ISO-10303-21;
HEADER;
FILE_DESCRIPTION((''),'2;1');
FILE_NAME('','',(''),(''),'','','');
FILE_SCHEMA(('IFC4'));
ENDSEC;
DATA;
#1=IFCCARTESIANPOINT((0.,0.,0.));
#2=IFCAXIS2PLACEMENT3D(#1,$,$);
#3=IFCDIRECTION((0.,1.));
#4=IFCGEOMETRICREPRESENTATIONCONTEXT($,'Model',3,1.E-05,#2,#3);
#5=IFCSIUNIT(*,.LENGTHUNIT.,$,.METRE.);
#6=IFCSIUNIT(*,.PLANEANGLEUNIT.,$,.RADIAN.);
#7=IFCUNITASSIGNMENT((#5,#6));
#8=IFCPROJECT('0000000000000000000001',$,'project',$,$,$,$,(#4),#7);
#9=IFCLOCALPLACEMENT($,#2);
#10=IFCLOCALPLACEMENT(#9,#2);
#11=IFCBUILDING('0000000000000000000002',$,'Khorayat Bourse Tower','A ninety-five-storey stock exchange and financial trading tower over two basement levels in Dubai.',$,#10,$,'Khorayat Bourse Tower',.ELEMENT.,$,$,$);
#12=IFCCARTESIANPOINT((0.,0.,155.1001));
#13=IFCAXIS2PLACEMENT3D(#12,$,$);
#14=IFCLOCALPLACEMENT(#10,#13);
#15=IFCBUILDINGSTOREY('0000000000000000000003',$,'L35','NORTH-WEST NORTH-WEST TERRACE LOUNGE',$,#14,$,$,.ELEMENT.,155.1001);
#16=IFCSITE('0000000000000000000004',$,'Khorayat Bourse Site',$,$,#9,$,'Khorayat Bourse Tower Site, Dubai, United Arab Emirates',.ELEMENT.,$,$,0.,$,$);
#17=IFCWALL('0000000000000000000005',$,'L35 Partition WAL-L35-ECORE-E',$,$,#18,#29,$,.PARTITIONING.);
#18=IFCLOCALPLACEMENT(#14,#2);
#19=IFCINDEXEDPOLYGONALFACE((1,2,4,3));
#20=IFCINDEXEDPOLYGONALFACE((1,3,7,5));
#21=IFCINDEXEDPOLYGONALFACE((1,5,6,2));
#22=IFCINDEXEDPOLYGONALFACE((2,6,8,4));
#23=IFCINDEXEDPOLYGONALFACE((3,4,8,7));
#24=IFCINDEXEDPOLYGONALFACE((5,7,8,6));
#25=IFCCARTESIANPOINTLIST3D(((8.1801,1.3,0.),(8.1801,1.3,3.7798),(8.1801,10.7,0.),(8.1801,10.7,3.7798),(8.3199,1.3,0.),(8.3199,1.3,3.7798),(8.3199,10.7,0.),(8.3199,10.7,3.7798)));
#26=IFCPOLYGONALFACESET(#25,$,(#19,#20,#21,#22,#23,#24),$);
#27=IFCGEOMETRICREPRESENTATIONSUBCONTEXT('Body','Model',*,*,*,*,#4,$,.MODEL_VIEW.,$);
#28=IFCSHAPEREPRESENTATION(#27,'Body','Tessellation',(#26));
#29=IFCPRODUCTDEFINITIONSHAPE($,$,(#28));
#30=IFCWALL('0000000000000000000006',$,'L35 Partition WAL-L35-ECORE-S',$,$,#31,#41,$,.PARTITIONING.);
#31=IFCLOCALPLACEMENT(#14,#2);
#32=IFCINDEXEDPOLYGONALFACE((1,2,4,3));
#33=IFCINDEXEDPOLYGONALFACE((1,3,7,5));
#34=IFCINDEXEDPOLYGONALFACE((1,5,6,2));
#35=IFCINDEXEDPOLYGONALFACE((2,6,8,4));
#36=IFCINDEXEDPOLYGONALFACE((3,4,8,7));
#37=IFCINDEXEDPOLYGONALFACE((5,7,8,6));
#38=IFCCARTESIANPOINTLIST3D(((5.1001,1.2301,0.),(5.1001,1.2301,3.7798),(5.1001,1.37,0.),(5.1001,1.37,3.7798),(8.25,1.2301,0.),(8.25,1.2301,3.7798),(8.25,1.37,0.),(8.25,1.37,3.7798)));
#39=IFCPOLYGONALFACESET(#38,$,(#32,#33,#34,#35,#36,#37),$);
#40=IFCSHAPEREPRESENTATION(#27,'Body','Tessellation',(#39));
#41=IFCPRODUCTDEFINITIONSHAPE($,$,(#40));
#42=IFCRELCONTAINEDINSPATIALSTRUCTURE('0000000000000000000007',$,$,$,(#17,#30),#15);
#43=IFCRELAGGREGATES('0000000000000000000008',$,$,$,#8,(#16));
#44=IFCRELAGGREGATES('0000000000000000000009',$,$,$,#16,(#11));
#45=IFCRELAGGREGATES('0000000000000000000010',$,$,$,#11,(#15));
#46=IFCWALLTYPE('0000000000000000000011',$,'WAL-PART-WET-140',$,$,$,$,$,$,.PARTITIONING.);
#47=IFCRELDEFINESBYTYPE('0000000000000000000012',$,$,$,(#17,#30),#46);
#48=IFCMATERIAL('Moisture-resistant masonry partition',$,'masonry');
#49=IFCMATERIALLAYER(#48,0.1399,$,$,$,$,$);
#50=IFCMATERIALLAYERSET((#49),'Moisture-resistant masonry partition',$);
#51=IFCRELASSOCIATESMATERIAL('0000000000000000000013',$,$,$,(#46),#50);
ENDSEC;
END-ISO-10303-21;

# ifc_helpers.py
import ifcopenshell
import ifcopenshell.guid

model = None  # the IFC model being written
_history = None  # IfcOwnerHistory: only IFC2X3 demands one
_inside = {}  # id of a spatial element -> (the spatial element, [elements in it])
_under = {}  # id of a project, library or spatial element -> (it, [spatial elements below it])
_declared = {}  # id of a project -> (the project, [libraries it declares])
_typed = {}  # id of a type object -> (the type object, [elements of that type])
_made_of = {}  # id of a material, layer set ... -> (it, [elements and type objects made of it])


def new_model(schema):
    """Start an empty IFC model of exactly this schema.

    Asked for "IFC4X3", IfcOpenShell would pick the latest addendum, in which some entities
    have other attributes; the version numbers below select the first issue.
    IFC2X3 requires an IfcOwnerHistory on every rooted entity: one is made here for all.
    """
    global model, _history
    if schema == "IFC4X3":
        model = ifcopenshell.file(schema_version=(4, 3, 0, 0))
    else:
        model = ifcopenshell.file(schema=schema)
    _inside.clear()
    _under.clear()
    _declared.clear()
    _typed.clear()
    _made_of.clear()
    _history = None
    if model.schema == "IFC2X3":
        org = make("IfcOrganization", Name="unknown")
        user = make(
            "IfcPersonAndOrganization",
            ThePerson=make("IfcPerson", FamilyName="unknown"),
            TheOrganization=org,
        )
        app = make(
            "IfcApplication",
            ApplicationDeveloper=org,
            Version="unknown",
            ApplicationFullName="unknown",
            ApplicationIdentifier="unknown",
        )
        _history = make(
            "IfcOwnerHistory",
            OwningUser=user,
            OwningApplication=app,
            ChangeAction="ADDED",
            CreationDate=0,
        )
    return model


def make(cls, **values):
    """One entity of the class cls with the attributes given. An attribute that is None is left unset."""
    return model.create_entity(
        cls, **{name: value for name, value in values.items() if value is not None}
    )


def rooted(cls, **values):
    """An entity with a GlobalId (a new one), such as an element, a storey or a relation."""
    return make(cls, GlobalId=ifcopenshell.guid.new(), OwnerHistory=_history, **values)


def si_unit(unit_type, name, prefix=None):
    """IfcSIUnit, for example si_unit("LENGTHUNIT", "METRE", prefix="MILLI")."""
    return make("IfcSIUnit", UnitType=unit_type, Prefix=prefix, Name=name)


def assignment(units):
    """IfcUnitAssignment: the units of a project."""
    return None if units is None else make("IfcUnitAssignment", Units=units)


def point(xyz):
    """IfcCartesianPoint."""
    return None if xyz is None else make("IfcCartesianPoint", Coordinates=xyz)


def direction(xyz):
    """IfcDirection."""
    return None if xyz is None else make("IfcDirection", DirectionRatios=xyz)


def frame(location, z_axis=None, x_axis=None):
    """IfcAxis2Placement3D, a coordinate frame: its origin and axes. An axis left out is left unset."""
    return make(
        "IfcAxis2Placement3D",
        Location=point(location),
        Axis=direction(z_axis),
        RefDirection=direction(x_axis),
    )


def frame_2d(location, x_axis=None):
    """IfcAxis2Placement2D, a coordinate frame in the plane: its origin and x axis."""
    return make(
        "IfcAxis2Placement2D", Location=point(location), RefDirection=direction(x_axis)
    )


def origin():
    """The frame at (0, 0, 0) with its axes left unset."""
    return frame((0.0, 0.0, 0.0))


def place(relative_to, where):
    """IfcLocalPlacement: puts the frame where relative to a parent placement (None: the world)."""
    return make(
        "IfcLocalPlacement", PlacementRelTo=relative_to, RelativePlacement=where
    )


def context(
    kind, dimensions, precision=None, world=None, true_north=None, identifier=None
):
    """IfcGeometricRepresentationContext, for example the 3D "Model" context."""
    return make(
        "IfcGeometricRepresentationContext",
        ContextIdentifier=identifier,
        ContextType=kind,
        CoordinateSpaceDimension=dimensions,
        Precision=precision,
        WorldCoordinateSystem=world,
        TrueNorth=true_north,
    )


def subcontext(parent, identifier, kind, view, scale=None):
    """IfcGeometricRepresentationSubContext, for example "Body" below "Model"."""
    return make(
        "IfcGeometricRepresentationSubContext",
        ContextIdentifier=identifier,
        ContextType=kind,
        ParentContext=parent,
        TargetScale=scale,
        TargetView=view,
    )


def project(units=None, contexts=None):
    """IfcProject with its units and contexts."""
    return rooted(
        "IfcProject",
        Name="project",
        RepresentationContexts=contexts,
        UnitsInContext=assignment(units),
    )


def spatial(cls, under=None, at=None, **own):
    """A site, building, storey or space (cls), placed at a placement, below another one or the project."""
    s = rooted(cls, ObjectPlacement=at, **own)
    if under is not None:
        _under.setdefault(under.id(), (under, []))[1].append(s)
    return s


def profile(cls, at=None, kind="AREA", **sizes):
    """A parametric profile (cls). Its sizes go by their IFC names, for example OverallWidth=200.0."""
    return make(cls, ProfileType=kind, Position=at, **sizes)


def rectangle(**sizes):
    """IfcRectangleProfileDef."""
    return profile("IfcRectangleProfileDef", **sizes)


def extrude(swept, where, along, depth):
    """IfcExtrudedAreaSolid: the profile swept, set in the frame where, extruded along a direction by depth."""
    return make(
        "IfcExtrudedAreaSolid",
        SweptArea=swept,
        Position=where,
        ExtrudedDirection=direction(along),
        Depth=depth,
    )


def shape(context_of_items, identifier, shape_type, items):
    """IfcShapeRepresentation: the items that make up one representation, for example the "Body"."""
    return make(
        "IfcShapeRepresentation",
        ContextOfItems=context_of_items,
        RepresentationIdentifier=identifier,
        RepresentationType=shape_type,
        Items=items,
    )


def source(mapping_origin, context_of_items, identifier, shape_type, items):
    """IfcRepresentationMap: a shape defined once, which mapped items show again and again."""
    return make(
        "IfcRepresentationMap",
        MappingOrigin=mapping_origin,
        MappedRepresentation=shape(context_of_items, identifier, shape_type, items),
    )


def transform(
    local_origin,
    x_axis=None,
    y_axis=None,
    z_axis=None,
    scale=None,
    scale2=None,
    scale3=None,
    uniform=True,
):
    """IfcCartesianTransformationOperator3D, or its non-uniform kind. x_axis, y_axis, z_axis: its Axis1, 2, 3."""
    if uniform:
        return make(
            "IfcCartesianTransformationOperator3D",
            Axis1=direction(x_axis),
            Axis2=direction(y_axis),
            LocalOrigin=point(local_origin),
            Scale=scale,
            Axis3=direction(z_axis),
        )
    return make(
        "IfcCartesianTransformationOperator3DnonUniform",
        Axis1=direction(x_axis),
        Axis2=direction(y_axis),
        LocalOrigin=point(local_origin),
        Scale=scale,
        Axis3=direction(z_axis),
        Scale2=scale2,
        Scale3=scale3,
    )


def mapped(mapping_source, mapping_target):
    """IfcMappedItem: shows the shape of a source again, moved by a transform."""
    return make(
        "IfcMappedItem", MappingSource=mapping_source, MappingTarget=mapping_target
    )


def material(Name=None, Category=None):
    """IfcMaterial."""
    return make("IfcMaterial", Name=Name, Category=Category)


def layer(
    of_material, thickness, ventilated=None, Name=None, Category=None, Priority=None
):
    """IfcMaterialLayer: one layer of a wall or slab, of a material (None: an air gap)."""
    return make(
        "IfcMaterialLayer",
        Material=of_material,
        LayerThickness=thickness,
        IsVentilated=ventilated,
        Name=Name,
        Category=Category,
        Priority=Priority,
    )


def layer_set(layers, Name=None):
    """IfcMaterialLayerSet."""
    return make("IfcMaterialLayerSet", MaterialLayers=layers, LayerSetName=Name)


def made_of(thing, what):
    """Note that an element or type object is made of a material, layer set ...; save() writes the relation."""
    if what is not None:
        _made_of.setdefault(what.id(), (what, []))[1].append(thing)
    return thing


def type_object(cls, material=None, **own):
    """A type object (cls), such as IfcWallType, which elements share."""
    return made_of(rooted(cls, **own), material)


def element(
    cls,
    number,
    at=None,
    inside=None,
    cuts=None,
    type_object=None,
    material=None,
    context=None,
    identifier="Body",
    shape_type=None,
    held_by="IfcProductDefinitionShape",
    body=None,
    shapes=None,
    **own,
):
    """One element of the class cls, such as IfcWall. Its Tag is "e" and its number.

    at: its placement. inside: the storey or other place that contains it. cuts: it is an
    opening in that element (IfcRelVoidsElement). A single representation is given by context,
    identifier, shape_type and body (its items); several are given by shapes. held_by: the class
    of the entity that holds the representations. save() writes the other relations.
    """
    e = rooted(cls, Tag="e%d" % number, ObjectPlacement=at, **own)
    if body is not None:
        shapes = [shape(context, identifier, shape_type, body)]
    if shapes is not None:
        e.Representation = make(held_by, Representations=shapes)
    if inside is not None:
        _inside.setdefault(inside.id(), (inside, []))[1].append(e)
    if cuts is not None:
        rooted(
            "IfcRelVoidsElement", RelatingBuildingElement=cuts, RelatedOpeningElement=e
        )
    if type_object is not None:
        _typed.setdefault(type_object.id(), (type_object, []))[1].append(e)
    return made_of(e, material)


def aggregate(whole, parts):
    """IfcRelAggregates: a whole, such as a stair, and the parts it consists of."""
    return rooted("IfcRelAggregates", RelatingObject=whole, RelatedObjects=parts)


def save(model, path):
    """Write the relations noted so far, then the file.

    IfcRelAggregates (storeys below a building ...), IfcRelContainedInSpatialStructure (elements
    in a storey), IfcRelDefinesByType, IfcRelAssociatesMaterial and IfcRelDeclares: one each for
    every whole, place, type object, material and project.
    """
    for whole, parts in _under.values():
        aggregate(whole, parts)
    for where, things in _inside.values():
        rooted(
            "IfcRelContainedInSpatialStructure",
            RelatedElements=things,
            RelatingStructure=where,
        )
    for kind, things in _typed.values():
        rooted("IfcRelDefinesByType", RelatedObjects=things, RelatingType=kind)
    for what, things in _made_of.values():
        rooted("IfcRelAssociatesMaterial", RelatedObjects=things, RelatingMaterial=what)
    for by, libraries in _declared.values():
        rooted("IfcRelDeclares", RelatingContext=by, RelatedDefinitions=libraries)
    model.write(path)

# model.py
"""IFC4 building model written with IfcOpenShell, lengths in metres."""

from ifc_helpers import new_model, si_unit, direction, frame, frame_2d, origin, place, context, subcontext, project, spatial, rectangle, extrude, source, transform, mapped, material, layer, layer_set, type_object, element, save


model = new_model("IFC4")

# Units and contexts
model_context = context("Model", 3, precision=1e-05, world=origin(), true_north=direction((0.0, 1.0)))
body_context = subcontext(model_context, "Body", "Model", "MODEL_VIEW")
ifc_project = project(units=[si_unit("LENGTHUNIT", "METRE"), si_unit("PLANEANGLEUNIT", "RADIAN")], contexts=[model_context])

# Site, building, storey
site_placement = place(None, origin())
site = spatial("IfcSite", under=ifc_project, at=site_placement, Name="Khorayat Bourse Site", LongName="Khorayat Bourse Tower Site, Dubai, United Arab Emirates", CompositionType="ELEMENT", RefElevation=0.0)
building_placement = place(site_placement, origin())
building = spatial("IfcBuilding", under=site, at=building_placement, Name="Khorayat Bourse Tower", Description="A ninety-five-storey stock exchange and financial trading tower over two basement levels in Dubai.", LongName="Khorayat Bourse Tower", CompositionType="ELEMENT")
storey_placement = place(building_placement, frame((0.0, 0.0, 155.1001)))
storey = spatial("IfcBuildingStorey", under=building, at=storey_placement, Name="L35", Description="NORTH-WEST NORTH-WEST TERRACE LOUNGE", CompositionType="ELEMENT", Elevation=155.1001)

# Walls
ifc_material_1 = material(Name="Moisture-resistant masonry partition", Category="masonry")
ifc_layer_1 = layer(ifc_material_1, 0.1399)
ifc_layer_set_1 = layer_set([ifc_layer_1], Name="Moisture-resistant masonry partition")
wall_type_1 = type_object("IfcWallType", Name="WAL-PART-WET-140", PredefinedType="PARTITIONING", material=ifc_layer_set_1)
shared_shape_1 = source(origin(), body_context, "Body", "SweptSolid", [
    extrude(rectangle(XDim=9.3999, YDim=0.1399, at=frame_2d((4.7, 0.0))), origin(), (0.0, 0.0, 1.0), 3.7798),
])
wall_1_placement = place(storey_placement, frame((8.25, 1.3, 0.0), z_axis=(0.0, 0.0, 1.0), x_axis=(0.0, 1.0, 0.0)))
element("IfcWall", 1, at=wall_1_placement, inside=storey, type_object=wall_type_1, Name="L35 Partition WAL-L35-ECORE-E", PredefinedType="PARTITIONING", context=body_context, shape_type="MappedRepresentation", body=[
    mapped(shared_shape_1, transform((0.0, 0.0, 0.0), scale=1.0)),
])
shared_shape_2 = source(origin(), body_context, "Body", "SweptSolid", [
    extrude(rectangle(XDim=3.1499, YDim=0.1399, at=frame_2d((1.575, 0.0))), origin(), (0.0, 0.0, 1.0), 3.7798),
])
wall_2_placement = place(storey_placement, frame((5.1001, 1.3, 0.0), z_axis=(0.0, 0.0, 1.0), x_axis=(1.0, 0.0, 0.0)))
element("IfcWall", 2, at=wall_2_placement, inside=storey, type_object=wall_type_1, Name="L35 Partition WAL-L35-ECORE-S", PredefinedType="PARTITIONING", context=body_context, shape_type="MappedRepresentation", body=[
    mapped(shared_shape_2, transform((0.0, 0.0, 0.0), scale=1.0)),
])

save(model, "model.ifc")
